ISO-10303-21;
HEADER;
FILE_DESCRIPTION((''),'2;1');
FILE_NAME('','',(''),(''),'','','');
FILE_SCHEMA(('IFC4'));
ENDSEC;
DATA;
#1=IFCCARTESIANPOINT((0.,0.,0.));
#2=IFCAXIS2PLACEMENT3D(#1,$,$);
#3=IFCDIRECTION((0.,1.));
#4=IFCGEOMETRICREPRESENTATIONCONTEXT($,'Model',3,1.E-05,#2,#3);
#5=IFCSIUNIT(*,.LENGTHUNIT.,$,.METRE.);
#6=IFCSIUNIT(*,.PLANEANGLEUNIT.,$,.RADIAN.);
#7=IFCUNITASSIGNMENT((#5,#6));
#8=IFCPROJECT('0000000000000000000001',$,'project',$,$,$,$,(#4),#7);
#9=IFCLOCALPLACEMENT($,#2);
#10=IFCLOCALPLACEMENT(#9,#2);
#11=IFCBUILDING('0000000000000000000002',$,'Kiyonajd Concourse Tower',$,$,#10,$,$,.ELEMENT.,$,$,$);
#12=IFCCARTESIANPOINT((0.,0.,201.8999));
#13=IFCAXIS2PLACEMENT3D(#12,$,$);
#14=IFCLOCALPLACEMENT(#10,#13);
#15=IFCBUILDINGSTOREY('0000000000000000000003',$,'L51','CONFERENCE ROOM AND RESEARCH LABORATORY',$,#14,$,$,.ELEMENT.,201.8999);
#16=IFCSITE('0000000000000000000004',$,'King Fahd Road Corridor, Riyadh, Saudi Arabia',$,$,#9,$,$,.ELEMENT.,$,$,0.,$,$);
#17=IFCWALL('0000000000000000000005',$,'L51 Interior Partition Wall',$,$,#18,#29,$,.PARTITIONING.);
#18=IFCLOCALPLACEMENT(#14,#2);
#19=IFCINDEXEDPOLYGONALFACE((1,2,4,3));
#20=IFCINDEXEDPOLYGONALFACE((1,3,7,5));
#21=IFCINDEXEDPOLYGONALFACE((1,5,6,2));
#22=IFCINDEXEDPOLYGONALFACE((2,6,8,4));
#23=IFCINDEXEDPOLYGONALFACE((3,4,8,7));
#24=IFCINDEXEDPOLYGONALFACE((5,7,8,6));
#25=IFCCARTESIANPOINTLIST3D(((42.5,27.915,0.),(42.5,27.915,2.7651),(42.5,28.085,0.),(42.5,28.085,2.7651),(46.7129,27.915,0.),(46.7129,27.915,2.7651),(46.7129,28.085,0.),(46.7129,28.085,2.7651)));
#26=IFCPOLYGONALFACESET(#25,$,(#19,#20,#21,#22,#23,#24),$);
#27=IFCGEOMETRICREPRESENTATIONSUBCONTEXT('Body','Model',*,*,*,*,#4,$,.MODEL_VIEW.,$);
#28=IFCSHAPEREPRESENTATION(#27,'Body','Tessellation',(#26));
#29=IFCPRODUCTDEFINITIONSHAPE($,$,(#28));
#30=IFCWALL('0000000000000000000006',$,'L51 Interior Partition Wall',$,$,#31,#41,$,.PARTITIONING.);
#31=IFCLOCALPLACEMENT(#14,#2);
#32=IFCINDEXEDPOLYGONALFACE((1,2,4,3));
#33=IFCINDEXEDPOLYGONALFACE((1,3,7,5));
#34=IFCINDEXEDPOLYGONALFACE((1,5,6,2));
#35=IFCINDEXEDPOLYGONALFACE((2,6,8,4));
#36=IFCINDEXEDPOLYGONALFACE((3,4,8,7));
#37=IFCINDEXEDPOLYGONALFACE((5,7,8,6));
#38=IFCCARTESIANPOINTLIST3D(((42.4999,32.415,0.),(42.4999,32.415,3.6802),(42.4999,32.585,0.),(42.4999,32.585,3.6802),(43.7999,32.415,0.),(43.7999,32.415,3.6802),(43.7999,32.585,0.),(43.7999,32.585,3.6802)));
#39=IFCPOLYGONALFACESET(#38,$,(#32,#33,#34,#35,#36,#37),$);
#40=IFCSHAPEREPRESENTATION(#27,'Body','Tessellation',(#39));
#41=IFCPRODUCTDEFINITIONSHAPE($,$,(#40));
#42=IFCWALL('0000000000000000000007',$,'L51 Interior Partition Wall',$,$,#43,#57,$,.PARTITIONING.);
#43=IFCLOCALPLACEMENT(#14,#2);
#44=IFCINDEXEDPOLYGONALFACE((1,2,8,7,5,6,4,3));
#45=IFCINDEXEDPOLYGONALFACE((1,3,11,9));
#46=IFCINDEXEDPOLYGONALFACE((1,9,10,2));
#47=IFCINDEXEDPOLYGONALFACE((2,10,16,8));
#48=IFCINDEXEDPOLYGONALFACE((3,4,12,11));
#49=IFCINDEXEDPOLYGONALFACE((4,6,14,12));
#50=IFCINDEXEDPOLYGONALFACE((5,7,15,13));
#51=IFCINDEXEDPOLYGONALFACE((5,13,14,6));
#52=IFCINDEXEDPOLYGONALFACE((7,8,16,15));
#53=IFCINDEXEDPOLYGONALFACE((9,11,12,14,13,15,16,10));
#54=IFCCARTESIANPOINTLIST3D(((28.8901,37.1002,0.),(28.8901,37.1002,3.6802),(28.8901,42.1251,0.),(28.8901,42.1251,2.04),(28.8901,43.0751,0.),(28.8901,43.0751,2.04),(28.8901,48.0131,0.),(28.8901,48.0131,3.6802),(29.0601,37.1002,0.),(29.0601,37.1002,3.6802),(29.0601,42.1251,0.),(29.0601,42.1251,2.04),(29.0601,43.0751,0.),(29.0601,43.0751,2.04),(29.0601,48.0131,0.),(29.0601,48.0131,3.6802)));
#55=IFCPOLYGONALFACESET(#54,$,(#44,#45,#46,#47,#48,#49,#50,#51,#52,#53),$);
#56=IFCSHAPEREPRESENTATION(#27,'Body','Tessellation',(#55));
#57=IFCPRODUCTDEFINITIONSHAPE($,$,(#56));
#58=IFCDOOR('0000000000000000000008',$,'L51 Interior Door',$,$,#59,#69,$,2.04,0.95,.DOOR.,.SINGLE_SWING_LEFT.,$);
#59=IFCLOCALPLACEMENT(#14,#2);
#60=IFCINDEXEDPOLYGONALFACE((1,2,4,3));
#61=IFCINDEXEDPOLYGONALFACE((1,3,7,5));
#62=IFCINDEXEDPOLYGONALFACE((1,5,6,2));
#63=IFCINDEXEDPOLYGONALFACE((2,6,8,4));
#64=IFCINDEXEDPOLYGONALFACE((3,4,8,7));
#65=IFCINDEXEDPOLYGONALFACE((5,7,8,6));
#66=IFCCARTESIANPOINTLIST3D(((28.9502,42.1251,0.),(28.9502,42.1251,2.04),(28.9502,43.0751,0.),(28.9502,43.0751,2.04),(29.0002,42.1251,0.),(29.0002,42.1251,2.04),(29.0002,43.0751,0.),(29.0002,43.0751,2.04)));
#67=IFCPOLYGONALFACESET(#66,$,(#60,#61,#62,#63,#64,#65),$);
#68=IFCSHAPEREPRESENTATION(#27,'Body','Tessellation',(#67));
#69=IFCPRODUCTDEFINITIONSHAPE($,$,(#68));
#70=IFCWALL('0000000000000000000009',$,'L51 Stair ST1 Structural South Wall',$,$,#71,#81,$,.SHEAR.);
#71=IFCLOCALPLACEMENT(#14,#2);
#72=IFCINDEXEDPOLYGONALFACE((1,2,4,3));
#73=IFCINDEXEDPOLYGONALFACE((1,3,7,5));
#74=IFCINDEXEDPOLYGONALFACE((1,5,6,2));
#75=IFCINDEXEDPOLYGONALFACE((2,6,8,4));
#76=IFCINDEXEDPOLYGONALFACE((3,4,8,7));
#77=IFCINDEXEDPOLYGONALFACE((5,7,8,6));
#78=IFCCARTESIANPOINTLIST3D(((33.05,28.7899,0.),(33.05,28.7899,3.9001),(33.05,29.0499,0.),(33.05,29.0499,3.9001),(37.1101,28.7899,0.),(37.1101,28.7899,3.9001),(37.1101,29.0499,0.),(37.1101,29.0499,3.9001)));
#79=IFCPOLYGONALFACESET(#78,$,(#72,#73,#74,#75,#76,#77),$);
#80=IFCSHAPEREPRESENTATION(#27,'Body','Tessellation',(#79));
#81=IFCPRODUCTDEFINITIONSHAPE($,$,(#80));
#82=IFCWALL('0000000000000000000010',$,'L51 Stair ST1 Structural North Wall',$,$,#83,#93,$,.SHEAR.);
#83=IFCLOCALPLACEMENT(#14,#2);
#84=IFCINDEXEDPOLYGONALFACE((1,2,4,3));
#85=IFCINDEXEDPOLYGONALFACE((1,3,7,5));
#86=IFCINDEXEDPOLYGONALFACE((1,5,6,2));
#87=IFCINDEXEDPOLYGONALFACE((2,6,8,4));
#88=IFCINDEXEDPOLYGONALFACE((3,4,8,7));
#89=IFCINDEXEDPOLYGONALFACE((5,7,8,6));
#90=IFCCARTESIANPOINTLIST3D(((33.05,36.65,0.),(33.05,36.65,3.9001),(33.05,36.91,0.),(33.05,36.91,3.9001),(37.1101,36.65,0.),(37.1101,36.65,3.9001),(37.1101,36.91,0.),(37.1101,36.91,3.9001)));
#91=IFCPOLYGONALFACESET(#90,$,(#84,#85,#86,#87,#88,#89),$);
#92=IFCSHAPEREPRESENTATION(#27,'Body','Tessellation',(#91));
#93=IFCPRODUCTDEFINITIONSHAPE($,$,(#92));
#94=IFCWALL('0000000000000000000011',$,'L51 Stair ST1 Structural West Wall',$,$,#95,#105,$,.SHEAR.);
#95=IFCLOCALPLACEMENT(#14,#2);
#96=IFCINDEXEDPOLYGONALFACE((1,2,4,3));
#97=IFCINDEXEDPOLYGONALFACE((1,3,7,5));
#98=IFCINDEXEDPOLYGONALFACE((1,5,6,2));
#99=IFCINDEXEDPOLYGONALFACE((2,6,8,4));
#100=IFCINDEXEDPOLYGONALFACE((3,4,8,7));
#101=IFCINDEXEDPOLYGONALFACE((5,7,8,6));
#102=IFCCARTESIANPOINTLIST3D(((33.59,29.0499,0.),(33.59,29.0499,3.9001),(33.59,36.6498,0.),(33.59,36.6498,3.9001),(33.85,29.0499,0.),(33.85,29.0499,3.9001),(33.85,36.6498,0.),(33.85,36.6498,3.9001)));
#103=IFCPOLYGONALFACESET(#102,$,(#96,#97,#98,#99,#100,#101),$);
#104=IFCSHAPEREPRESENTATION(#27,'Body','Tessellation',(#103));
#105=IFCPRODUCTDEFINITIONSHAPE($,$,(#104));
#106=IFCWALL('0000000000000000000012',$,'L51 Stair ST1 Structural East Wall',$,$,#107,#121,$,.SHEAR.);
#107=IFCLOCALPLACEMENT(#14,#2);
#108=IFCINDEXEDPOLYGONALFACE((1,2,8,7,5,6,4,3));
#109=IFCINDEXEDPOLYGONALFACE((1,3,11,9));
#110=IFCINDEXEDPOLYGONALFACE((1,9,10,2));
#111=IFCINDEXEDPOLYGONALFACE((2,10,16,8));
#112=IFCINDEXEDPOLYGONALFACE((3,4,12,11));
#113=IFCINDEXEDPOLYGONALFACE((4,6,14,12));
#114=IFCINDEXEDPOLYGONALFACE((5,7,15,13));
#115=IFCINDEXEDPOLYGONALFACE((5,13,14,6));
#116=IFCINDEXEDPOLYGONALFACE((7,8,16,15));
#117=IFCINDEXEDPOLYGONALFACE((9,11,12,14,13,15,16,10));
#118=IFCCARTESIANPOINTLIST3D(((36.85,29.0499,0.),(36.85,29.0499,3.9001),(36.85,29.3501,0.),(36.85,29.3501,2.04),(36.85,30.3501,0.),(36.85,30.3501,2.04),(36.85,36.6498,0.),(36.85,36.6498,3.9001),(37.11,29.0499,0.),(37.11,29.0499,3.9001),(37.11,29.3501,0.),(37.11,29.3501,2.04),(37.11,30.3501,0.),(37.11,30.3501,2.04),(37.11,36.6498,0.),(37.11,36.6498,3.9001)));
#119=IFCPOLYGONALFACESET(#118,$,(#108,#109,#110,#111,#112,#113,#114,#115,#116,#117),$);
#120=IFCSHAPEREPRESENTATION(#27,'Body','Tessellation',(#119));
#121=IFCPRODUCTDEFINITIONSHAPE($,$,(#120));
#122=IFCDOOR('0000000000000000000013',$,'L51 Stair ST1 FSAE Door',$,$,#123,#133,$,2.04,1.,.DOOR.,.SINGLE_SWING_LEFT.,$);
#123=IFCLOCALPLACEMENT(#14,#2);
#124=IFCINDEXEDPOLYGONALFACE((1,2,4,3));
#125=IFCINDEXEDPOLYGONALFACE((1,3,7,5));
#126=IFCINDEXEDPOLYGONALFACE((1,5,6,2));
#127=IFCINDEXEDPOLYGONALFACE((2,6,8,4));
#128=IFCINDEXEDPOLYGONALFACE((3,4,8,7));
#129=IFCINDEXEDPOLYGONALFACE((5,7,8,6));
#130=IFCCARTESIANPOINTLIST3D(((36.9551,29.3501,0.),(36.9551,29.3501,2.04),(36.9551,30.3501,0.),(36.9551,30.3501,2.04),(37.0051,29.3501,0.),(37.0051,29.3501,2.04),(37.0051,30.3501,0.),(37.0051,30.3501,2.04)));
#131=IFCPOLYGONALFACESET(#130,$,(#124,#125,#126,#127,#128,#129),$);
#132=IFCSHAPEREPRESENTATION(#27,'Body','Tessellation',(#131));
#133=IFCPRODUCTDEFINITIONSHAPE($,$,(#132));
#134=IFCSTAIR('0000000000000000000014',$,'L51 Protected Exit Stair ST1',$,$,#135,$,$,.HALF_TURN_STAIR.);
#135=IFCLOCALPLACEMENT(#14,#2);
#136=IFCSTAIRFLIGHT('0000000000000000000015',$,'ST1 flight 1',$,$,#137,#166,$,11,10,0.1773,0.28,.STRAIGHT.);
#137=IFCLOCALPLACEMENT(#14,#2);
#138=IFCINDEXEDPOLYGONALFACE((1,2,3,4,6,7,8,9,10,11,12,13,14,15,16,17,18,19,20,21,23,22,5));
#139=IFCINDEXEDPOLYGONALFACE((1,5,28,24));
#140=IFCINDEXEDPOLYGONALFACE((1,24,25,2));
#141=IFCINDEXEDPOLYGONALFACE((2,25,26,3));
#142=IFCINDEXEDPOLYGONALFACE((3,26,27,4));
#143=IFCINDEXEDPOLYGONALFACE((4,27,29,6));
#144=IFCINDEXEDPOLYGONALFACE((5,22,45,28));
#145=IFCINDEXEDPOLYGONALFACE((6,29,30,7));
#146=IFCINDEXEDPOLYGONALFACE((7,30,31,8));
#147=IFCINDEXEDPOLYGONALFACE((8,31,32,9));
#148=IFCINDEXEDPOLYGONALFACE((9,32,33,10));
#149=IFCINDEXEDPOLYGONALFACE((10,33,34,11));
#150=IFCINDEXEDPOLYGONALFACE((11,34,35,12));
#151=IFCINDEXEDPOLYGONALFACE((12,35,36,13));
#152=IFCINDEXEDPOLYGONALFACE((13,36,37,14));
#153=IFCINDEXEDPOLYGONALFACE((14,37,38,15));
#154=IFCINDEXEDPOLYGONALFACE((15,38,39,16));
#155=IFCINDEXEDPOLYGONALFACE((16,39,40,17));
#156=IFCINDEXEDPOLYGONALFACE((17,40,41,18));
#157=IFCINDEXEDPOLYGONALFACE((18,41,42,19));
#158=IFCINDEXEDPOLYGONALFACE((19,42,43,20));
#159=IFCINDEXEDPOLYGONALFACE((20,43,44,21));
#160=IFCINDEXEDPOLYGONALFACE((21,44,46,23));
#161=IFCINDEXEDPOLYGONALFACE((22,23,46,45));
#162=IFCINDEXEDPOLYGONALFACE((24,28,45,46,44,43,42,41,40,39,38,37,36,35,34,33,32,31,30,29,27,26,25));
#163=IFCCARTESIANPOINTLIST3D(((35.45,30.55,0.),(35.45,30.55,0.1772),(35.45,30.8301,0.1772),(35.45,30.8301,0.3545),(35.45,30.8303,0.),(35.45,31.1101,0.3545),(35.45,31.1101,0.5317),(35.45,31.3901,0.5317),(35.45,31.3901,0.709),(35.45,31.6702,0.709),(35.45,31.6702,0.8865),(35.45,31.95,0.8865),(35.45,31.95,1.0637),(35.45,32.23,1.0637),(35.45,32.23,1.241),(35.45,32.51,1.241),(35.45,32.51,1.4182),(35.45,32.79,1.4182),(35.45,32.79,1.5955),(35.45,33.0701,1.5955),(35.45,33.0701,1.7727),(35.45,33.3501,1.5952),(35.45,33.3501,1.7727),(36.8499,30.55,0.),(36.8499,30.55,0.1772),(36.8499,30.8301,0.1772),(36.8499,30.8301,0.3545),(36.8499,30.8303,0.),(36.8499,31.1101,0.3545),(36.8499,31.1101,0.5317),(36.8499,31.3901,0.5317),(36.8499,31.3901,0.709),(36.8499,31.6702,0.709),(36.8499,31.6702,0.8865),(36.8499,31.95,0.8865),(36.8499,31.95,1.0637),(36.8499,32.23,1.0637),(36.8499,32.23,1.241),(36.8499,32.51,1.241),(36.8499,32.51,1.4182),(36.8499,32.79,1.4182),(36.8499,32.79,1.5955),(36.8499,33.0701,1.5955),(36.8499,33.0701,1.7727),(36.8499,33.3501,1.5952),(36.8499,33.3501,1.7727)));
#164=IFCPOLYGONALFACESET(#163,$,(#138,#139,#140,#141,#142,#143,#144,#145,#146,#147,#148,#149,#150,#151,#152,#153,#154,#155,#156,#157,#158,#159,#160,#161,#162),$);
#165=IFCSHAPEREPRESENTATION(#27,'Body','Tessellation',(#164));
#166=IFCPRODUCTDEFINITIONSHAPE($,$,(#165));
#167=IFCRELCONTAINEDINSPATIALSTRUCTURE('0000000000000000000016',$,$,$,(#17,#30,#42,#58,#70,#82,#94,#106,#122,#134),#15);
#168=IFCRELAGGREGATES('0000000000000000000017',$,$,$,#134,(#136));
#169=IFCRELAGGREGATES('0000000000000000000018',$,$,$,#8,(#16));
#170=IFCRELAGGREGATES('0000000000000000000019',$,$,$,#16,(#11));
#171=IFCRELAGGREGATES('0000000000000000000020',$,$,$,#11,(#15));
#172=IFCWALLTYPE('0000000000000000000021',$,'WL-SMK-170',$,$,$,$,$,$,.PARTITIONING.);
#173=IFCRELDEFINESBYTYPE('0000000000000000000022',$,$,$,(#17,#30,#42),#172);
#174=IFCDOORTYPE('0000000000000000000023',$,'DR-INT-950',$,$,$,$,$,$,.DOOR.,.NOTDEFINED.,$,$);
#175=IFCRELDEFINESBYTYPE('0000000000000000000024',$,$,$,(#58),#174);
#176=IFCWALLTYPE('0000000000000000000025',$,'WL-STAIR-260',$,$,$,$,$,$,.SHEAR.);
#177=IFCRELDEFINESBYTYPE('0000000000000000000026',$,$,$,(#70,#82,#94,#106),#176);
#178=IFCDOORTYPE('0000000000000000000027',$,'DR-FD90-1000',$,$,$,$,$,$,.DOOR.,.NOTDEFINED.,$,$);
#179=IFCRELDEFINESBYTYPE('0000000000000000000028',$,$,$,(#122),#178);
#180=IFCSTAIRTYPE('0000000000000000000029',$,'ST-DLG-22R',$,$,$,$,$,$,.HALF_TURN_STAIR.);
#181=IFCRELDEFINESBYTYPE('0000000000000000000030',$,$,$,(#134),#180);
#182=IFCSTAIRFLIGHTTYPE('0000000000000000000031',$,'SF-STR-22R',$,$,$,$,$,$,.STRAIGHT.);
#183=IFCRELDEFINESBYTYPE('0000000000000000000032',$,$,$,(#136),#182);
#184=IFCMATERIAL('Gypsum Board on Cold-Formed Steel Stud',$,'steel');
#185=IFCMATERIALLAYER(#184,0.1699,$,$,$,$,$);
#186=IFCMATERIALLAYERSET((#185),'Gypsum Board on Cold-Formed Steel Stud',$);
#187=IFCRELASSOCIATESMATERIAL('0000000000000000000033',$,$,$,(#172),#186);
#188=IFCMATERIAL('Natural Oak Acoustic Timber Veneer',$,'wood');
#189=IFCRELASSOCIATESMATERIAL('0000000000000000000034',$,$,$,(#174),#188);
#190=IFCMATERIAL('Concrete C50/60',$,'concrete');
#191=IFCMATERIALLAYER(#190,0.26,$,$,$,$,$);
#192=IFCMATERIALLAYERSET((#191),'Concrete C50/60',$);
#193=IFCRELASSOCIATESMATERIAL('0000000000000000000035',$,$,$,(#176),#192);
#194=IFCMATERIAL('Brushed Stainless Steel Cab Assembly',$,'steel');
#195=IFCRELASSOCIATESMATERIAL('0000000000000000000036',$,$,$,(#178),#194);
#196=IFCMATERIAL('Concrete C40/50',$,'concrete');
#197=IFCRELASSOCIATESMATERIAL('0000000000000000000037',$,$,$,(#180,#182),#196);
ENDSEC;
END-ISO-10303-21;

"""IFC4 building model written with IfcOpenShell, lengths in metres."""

from ifc_helpers import new_model, si_unit, direction, frame, frame_2d, origin, place, context, subcontext, project, spatial, polyline, rectangle, outline, extrude, material, layer, layer_set, type_object, element, fill, aggregate, save


model = new_model("IFC4")

# Units and contexts
model_context = context("Model", 3, precision=1e-05, world=origin(), true_north=direction((0.0, 1.0)))
body_context = subcontext(model_context, "Body", "Model", "MODEL_VIEW")
ifc_project = project(units=[si_unit("LENGTHUNIT", "METRE"), si_unit("PLANEANGLEUNIT", "RADIAN")], contexts=[model_context])

# Site, building, storey
site_placement = place(None, origin())
site = spatial("IfcSite", under=ifc_project, at=site_placement, Name="King Fahd Road Corridor, Riyadh, Saudi Arabia", CompositionType="ELEMENT", RefElevation=0.0)
building_placement = place(site_placement, origin())
building = spatial("IfcBuilding", under=site, at=building_placement, Name="Kiyonajd Concourse Tower", CompositionType="ELEMENT")
storey_placement = place(building_placement, frame((0.0, 0.0, 201.8999)))
storey = spatial("IfcBuildingStorey", under=building, at=storey_placement, Name="L51", Description="CONFERENCE ROOM AND RESEARCH LABORATORY", CompositionType="ELEMENT", Elevation=201.8999)

# Shared definitions
ifc_material_1 = material(Name="Concrete C50/60", Category="concrete")

# Shared definitions
ifc_material_2 = material(Name="Gypsum Board on Cold-Formed Steel Stud", Category="steel")
ifc_material_3 = material(Name="Brushed Stainless Steel Cab Assembly", Category="steel")

# Walls
ifc_layer_1 = layer(ifc_material_2, 0.1699)
ifc_layer_set_1 = layer_set([ifc_layer_1], Name="Gypsum Board on Cold-Formed Steel Stud")
wall_type_1 = type_object("IfcWallType", Name="WL-SMK-170", PredefinedType="PARTITIONING", material=ifc_layer_set_1)
wall_1_placement = place(storey_placement, frame((42.5, 28.0, 0.0), z_axis=(0.0, 0.0, 1.0), x_axis=(1.0, 0.0, 0.0)))
element("IfcWall", 1, at=wall_1_placement, inside=storey, type_object=wall_type_1, Name="L51 Interior Partition Wall", PredefinedType="PARTITIONING", context=body_context, shape_type="SweptSolid", body=[
    extrude(rectangle(XDim=4.2129, YDim=0.1699, at=frame_2d((2.1064, 0.0))), origin(), (0.0, 0.0, 1.0), 2.7651),
])
wall_2_placement = place(storey_placement, frame((42.5, 32.5, 0.0), z_axis=(0.0, 0.0, 1.0), x_axis=(1.0, 0.0, 0.0)))
element("IfcWall", 2, at=wall_2_placement, inside=storey, type_object=wall_type_1, Name="L51 Interior Partition Wall", PredefinedType="PARTITIONING", context=body_context, shape_type="SweptSolid", body=[
    extrude(rectangle(XDim=1.3, YDim=0.1699, at=frame_2d((0.6499, 0.0))), origin(), (0.0, 0.0, 1.0), 3.6802),
])

# Wall, opening, door
wall_3_placement = place(storey_placement, frame((28.9751, 37.1001, 0.0), z_axis=(0.0, 0.0, 1.0), x_axis=(0.0, 1.0, 0.0)))
wall_3 = element("IfcWall", 3, at=wall_3_placement, inside=storey, type_object=wall_type_1, Name="L51 Interior Partition Wall", PredefinedType="PARTITIONING", context=body_context, shape_type="SweptSolid", body=[
    extrude(rectangle(XDim=10.9128, YDim=0.1699, at=frame_2d((5.4565, 0.0))), origin(), (0.0, 0.0, 1.0), 3.6802),
])
opening_1_placement = place(wall_3_placement, frame((5.0249, 0.0, 0.0)))
opening_1 = element("IfcOpeningElement", 4, at=opening_1_placement, cuts=wall_3, PredefinedType="OPENING", context=body_context, shape_type="SweptSolid", body=[
    extrude(rectangle(XDim=0.95, YDim=2.04, at=frame_2d((0.4751, 1.02))), frame((0.0, 0.095, 0.0), z_axis=(0.0, -1.0, 0.0), x_axis=(1.0, 0.0, 0.0)), (0.0, 0.0, 1.0), 0.1899),
])
ifc_material_4 = material(Name="Natural Oak Acoustic Timber Veneer", Category="wood")
door_type_1 = type_object("IfcDoorType", Name="DR-INT-950", OperationType="NOTDEFINED", PredefinedType="DOOR", material=ifc_material_4)
door_1_placement = place(opening_1_placement, origin())
door_1 = element("IfcDoor", 5, at=door_1_placement, inside=storey, type_object=door_type_1, Name="L51 Interior Door", OperationType="SINGLE_SWING_LEFT", OverallHeight=2.04, OverallWidth=0.95, PredefinedType="DOOR", context=body_context, shape_type="SweptSolid", body=[
    extrude(rectangle(XDim=0.95, YDim=2.04, at=frame_2d((0.4751, 1.02))), frame((0.0, 0.0249, 0.0), z_axis=(0.0, -1.0, 0.0), x_axis=(1.0, 0.0, 0.0)), (0.0, 0.0, 1.0), 0.05),
])
fill(opening_1, door_1)

# Walls
ifc_layer_2 = layer(ifc_material_1, 0.26)
ifc_layer_set_2 = layer_set([ifc_layer_2], Name="Concrete C50/60")
wall_type_2 = type_object("IfcWallType", Name="WL-STAIR-260", PredefinedType="SHEAR", material=ifc_layer_set_2)
for number, where, z_axis, x_axis, name in (
    (6, (33.05, 28.9199, 0.0), (0.0, 0.0, 1.0), (1.0, 0.0, 0.0), "L51 Stair ST1 Structural South Wall"),
    (7, (33.05, 36.78, 0.0), (0.0, 0.0, 1.0), (1.0, 0.0, 0.0), "L51 Stair ST1 Structural North Wall"),
):
    element("IfcWall", number, at=place(storey_placement, frame(where, z_axis=z_axis, x_axis=x_axis)), inside=storey, type_object=wall_type_2, Name=name, PredefinedType="SHEAR", context=body_context, shape_type="SweptSolid", body=[
        extrude(rectangle(XDim=4.0601, YDim=0.26, at=frame_2d((2.03, 0.0))), origin(), (0.0, 0.0, 1.0), 3.9001),
    ])
wall_4_placement = place(storey_placement, frame((33.72, 29.05, 0.0), z_axis=(0.0, 0.0, 1.0), x_axis=(0.0, 1.0, 0.0)))
element("IfcWall", 8, at=wall_4_placement, inside=storey, type_object=wall_type_2, Name="L51 Stair ST1 Structural West Wall", PredefinedType="SHEAR", context=body_context, shape_type="SweptSolid", body=[
    extrude(rectangle(XDim=7.5999, YDim=0.26, at=frame_2d((3.7998, 0.0))), origin(), (0.0, 0.0, 1.0), 3.9001),
])

# Wall, opening, door
wall_5_placement = place(storey_placement, frame((36.98, 29.05, 0.0), z_axis=(0.0, 0.0, 1.0), x_axis=(0.0, 1.0, 0.0)))
wall_5 = element("IfcWall", 9, at=wall_5_placement, inside=storey, type_object=wall_type_2, Name="L51 Stair ST1 Structural East Wall", PredefinedType="SHEAR", context=body_context, shape_type="SweptSolid", body=[
    extrude(rectangle(XDim=7.5999, YDim=0.26, at=frame_2d((3.7998, 0.0))), origin(), (0.0, 0.0, 1.0), 3.9001),
])
opening_2_placement = place(wall_5_placement, frame((0.3, 0.0, 0.0)))
opening_2 = element("IfcOpeningElement", 10, at=opening_2_placement, cuts=wall_5, PredefinedType="OPENING", context=body_context, shape_type="SweptSolid", body=[
    extrude(rectangle(XDim=1.0, YDim=2.04, at=frame_2d((0.5, 1.02))), frame((0.0, 0.1399, 0.0), z_axis=(0.0, -1.0, 0.0), x_axis=(1.0, 0.0, 0.0)), (0.0, 0.0, 1.0), 0.28),
])
door_type_2 = type_object("IfcDoorType", Name="DR-FD90-1000", OperationType="NOTDEFINED", PredefinedType="DOOR", material=ifc_material_3)
door_2_placement = place(opening_2_placement, origin())
door_2 = element("IfcDoor", 11, at=door_2_placement, inside=storey, type_object=door_type_2, Name="L51 Stair ST1 FSAE Door", OperationType="SINGLE_SWING_LEFT", OverallHeight=2.04, OverallWidth=1.0, PredefinedType="DOOR", context=body_context, shape_type="SweptSolid", body=[
    extrude(rectangle(XDim=1.0, YDim=2.04, at=frame_2d((0.5, 1.02))), frame((0.0, 0.0249, 0.0), z_axis=(0.0, -1.0, 0.0), x_axis=(1.0, 0.0, 0.0)), (0.0, 0.0, 1.0), 0.05),
])
fill(opening_2, door_2)

# Stair, stair flight
ifc_material_5 = material(Name="Concrete C40/50", Category="concrete")
stair_type = type_object("IfcStairType", Name="ST-DLG-22R", PredefinedType="HALF_TURN_STAIR", material=ifc_material_5)
stair_placement = place(storey_placement, origin())
stair = element("IfcStair", 12, at=stair_placement, inside=storey, type_object=stair_type, Name="L51 Protected Exit Stair ST1", PredefinedType="HALF_TURN_STAIR")
stair_flight_type = type_object("IfcStairFlightType", Name="SF-STR-22R", PredefinedType="STRAIGHT", material=ifc_material_5)
stair_flight_1_placement = place(storey_placement, frame((36.1499, 30.55, 0.0), z_axis=(0.0, 0.0, 1.0), x_axis=(0.0, 1.0, 0.0)))
stair_flight_1 = element("IfcStairFlight", 13, at=stair_flight_1_placement, type_object=stair_flight_type, Name="ST1 flight 1", NumberOfRisers=11, NumberOfTreads=10, PredefinedType="STRAIGHT", RiserHeight=0.1773, TreadLength=0.28, context=body_context, shape_type="SweptSolid", body=[
    extrude(outline(polyline([(0.0, 0.0), (0.0, 0.1772), (0.28, 0.1772), (0.28, 0.3545), (0.5601, 0.3545), (0.5601, 0.5317), (0.8401, 0.5317), (0.8401, 0.709), (1.1201, 0.709), (1.1201, 0.8865), (1.3999, 0.8865), (1.3999, 1.0637), (1.6799, 1.0637), (1.6799, 1.241), (1.96, 1.241), (1.96, 1.4182), (2.24, 1.4182), (2.24, 1.5955), (2.52, 1.5955), (2.52, 1.7727), (2.8, 1.7727), (2.8, 1.95), (2.8, 1.5952), (0.2803, 0.0), (0.0, 0.0)])), frame((0.0, 0.7, 0.0), z_axis=(0.0, -1.0, 0.0), x_axis=(1.0, 0.0, 0.0)), (0.0, 0.0, 1.0), 1.3999),
])
aggregate(stair, [stair_flight_1])

save(model, "model.ifc")
